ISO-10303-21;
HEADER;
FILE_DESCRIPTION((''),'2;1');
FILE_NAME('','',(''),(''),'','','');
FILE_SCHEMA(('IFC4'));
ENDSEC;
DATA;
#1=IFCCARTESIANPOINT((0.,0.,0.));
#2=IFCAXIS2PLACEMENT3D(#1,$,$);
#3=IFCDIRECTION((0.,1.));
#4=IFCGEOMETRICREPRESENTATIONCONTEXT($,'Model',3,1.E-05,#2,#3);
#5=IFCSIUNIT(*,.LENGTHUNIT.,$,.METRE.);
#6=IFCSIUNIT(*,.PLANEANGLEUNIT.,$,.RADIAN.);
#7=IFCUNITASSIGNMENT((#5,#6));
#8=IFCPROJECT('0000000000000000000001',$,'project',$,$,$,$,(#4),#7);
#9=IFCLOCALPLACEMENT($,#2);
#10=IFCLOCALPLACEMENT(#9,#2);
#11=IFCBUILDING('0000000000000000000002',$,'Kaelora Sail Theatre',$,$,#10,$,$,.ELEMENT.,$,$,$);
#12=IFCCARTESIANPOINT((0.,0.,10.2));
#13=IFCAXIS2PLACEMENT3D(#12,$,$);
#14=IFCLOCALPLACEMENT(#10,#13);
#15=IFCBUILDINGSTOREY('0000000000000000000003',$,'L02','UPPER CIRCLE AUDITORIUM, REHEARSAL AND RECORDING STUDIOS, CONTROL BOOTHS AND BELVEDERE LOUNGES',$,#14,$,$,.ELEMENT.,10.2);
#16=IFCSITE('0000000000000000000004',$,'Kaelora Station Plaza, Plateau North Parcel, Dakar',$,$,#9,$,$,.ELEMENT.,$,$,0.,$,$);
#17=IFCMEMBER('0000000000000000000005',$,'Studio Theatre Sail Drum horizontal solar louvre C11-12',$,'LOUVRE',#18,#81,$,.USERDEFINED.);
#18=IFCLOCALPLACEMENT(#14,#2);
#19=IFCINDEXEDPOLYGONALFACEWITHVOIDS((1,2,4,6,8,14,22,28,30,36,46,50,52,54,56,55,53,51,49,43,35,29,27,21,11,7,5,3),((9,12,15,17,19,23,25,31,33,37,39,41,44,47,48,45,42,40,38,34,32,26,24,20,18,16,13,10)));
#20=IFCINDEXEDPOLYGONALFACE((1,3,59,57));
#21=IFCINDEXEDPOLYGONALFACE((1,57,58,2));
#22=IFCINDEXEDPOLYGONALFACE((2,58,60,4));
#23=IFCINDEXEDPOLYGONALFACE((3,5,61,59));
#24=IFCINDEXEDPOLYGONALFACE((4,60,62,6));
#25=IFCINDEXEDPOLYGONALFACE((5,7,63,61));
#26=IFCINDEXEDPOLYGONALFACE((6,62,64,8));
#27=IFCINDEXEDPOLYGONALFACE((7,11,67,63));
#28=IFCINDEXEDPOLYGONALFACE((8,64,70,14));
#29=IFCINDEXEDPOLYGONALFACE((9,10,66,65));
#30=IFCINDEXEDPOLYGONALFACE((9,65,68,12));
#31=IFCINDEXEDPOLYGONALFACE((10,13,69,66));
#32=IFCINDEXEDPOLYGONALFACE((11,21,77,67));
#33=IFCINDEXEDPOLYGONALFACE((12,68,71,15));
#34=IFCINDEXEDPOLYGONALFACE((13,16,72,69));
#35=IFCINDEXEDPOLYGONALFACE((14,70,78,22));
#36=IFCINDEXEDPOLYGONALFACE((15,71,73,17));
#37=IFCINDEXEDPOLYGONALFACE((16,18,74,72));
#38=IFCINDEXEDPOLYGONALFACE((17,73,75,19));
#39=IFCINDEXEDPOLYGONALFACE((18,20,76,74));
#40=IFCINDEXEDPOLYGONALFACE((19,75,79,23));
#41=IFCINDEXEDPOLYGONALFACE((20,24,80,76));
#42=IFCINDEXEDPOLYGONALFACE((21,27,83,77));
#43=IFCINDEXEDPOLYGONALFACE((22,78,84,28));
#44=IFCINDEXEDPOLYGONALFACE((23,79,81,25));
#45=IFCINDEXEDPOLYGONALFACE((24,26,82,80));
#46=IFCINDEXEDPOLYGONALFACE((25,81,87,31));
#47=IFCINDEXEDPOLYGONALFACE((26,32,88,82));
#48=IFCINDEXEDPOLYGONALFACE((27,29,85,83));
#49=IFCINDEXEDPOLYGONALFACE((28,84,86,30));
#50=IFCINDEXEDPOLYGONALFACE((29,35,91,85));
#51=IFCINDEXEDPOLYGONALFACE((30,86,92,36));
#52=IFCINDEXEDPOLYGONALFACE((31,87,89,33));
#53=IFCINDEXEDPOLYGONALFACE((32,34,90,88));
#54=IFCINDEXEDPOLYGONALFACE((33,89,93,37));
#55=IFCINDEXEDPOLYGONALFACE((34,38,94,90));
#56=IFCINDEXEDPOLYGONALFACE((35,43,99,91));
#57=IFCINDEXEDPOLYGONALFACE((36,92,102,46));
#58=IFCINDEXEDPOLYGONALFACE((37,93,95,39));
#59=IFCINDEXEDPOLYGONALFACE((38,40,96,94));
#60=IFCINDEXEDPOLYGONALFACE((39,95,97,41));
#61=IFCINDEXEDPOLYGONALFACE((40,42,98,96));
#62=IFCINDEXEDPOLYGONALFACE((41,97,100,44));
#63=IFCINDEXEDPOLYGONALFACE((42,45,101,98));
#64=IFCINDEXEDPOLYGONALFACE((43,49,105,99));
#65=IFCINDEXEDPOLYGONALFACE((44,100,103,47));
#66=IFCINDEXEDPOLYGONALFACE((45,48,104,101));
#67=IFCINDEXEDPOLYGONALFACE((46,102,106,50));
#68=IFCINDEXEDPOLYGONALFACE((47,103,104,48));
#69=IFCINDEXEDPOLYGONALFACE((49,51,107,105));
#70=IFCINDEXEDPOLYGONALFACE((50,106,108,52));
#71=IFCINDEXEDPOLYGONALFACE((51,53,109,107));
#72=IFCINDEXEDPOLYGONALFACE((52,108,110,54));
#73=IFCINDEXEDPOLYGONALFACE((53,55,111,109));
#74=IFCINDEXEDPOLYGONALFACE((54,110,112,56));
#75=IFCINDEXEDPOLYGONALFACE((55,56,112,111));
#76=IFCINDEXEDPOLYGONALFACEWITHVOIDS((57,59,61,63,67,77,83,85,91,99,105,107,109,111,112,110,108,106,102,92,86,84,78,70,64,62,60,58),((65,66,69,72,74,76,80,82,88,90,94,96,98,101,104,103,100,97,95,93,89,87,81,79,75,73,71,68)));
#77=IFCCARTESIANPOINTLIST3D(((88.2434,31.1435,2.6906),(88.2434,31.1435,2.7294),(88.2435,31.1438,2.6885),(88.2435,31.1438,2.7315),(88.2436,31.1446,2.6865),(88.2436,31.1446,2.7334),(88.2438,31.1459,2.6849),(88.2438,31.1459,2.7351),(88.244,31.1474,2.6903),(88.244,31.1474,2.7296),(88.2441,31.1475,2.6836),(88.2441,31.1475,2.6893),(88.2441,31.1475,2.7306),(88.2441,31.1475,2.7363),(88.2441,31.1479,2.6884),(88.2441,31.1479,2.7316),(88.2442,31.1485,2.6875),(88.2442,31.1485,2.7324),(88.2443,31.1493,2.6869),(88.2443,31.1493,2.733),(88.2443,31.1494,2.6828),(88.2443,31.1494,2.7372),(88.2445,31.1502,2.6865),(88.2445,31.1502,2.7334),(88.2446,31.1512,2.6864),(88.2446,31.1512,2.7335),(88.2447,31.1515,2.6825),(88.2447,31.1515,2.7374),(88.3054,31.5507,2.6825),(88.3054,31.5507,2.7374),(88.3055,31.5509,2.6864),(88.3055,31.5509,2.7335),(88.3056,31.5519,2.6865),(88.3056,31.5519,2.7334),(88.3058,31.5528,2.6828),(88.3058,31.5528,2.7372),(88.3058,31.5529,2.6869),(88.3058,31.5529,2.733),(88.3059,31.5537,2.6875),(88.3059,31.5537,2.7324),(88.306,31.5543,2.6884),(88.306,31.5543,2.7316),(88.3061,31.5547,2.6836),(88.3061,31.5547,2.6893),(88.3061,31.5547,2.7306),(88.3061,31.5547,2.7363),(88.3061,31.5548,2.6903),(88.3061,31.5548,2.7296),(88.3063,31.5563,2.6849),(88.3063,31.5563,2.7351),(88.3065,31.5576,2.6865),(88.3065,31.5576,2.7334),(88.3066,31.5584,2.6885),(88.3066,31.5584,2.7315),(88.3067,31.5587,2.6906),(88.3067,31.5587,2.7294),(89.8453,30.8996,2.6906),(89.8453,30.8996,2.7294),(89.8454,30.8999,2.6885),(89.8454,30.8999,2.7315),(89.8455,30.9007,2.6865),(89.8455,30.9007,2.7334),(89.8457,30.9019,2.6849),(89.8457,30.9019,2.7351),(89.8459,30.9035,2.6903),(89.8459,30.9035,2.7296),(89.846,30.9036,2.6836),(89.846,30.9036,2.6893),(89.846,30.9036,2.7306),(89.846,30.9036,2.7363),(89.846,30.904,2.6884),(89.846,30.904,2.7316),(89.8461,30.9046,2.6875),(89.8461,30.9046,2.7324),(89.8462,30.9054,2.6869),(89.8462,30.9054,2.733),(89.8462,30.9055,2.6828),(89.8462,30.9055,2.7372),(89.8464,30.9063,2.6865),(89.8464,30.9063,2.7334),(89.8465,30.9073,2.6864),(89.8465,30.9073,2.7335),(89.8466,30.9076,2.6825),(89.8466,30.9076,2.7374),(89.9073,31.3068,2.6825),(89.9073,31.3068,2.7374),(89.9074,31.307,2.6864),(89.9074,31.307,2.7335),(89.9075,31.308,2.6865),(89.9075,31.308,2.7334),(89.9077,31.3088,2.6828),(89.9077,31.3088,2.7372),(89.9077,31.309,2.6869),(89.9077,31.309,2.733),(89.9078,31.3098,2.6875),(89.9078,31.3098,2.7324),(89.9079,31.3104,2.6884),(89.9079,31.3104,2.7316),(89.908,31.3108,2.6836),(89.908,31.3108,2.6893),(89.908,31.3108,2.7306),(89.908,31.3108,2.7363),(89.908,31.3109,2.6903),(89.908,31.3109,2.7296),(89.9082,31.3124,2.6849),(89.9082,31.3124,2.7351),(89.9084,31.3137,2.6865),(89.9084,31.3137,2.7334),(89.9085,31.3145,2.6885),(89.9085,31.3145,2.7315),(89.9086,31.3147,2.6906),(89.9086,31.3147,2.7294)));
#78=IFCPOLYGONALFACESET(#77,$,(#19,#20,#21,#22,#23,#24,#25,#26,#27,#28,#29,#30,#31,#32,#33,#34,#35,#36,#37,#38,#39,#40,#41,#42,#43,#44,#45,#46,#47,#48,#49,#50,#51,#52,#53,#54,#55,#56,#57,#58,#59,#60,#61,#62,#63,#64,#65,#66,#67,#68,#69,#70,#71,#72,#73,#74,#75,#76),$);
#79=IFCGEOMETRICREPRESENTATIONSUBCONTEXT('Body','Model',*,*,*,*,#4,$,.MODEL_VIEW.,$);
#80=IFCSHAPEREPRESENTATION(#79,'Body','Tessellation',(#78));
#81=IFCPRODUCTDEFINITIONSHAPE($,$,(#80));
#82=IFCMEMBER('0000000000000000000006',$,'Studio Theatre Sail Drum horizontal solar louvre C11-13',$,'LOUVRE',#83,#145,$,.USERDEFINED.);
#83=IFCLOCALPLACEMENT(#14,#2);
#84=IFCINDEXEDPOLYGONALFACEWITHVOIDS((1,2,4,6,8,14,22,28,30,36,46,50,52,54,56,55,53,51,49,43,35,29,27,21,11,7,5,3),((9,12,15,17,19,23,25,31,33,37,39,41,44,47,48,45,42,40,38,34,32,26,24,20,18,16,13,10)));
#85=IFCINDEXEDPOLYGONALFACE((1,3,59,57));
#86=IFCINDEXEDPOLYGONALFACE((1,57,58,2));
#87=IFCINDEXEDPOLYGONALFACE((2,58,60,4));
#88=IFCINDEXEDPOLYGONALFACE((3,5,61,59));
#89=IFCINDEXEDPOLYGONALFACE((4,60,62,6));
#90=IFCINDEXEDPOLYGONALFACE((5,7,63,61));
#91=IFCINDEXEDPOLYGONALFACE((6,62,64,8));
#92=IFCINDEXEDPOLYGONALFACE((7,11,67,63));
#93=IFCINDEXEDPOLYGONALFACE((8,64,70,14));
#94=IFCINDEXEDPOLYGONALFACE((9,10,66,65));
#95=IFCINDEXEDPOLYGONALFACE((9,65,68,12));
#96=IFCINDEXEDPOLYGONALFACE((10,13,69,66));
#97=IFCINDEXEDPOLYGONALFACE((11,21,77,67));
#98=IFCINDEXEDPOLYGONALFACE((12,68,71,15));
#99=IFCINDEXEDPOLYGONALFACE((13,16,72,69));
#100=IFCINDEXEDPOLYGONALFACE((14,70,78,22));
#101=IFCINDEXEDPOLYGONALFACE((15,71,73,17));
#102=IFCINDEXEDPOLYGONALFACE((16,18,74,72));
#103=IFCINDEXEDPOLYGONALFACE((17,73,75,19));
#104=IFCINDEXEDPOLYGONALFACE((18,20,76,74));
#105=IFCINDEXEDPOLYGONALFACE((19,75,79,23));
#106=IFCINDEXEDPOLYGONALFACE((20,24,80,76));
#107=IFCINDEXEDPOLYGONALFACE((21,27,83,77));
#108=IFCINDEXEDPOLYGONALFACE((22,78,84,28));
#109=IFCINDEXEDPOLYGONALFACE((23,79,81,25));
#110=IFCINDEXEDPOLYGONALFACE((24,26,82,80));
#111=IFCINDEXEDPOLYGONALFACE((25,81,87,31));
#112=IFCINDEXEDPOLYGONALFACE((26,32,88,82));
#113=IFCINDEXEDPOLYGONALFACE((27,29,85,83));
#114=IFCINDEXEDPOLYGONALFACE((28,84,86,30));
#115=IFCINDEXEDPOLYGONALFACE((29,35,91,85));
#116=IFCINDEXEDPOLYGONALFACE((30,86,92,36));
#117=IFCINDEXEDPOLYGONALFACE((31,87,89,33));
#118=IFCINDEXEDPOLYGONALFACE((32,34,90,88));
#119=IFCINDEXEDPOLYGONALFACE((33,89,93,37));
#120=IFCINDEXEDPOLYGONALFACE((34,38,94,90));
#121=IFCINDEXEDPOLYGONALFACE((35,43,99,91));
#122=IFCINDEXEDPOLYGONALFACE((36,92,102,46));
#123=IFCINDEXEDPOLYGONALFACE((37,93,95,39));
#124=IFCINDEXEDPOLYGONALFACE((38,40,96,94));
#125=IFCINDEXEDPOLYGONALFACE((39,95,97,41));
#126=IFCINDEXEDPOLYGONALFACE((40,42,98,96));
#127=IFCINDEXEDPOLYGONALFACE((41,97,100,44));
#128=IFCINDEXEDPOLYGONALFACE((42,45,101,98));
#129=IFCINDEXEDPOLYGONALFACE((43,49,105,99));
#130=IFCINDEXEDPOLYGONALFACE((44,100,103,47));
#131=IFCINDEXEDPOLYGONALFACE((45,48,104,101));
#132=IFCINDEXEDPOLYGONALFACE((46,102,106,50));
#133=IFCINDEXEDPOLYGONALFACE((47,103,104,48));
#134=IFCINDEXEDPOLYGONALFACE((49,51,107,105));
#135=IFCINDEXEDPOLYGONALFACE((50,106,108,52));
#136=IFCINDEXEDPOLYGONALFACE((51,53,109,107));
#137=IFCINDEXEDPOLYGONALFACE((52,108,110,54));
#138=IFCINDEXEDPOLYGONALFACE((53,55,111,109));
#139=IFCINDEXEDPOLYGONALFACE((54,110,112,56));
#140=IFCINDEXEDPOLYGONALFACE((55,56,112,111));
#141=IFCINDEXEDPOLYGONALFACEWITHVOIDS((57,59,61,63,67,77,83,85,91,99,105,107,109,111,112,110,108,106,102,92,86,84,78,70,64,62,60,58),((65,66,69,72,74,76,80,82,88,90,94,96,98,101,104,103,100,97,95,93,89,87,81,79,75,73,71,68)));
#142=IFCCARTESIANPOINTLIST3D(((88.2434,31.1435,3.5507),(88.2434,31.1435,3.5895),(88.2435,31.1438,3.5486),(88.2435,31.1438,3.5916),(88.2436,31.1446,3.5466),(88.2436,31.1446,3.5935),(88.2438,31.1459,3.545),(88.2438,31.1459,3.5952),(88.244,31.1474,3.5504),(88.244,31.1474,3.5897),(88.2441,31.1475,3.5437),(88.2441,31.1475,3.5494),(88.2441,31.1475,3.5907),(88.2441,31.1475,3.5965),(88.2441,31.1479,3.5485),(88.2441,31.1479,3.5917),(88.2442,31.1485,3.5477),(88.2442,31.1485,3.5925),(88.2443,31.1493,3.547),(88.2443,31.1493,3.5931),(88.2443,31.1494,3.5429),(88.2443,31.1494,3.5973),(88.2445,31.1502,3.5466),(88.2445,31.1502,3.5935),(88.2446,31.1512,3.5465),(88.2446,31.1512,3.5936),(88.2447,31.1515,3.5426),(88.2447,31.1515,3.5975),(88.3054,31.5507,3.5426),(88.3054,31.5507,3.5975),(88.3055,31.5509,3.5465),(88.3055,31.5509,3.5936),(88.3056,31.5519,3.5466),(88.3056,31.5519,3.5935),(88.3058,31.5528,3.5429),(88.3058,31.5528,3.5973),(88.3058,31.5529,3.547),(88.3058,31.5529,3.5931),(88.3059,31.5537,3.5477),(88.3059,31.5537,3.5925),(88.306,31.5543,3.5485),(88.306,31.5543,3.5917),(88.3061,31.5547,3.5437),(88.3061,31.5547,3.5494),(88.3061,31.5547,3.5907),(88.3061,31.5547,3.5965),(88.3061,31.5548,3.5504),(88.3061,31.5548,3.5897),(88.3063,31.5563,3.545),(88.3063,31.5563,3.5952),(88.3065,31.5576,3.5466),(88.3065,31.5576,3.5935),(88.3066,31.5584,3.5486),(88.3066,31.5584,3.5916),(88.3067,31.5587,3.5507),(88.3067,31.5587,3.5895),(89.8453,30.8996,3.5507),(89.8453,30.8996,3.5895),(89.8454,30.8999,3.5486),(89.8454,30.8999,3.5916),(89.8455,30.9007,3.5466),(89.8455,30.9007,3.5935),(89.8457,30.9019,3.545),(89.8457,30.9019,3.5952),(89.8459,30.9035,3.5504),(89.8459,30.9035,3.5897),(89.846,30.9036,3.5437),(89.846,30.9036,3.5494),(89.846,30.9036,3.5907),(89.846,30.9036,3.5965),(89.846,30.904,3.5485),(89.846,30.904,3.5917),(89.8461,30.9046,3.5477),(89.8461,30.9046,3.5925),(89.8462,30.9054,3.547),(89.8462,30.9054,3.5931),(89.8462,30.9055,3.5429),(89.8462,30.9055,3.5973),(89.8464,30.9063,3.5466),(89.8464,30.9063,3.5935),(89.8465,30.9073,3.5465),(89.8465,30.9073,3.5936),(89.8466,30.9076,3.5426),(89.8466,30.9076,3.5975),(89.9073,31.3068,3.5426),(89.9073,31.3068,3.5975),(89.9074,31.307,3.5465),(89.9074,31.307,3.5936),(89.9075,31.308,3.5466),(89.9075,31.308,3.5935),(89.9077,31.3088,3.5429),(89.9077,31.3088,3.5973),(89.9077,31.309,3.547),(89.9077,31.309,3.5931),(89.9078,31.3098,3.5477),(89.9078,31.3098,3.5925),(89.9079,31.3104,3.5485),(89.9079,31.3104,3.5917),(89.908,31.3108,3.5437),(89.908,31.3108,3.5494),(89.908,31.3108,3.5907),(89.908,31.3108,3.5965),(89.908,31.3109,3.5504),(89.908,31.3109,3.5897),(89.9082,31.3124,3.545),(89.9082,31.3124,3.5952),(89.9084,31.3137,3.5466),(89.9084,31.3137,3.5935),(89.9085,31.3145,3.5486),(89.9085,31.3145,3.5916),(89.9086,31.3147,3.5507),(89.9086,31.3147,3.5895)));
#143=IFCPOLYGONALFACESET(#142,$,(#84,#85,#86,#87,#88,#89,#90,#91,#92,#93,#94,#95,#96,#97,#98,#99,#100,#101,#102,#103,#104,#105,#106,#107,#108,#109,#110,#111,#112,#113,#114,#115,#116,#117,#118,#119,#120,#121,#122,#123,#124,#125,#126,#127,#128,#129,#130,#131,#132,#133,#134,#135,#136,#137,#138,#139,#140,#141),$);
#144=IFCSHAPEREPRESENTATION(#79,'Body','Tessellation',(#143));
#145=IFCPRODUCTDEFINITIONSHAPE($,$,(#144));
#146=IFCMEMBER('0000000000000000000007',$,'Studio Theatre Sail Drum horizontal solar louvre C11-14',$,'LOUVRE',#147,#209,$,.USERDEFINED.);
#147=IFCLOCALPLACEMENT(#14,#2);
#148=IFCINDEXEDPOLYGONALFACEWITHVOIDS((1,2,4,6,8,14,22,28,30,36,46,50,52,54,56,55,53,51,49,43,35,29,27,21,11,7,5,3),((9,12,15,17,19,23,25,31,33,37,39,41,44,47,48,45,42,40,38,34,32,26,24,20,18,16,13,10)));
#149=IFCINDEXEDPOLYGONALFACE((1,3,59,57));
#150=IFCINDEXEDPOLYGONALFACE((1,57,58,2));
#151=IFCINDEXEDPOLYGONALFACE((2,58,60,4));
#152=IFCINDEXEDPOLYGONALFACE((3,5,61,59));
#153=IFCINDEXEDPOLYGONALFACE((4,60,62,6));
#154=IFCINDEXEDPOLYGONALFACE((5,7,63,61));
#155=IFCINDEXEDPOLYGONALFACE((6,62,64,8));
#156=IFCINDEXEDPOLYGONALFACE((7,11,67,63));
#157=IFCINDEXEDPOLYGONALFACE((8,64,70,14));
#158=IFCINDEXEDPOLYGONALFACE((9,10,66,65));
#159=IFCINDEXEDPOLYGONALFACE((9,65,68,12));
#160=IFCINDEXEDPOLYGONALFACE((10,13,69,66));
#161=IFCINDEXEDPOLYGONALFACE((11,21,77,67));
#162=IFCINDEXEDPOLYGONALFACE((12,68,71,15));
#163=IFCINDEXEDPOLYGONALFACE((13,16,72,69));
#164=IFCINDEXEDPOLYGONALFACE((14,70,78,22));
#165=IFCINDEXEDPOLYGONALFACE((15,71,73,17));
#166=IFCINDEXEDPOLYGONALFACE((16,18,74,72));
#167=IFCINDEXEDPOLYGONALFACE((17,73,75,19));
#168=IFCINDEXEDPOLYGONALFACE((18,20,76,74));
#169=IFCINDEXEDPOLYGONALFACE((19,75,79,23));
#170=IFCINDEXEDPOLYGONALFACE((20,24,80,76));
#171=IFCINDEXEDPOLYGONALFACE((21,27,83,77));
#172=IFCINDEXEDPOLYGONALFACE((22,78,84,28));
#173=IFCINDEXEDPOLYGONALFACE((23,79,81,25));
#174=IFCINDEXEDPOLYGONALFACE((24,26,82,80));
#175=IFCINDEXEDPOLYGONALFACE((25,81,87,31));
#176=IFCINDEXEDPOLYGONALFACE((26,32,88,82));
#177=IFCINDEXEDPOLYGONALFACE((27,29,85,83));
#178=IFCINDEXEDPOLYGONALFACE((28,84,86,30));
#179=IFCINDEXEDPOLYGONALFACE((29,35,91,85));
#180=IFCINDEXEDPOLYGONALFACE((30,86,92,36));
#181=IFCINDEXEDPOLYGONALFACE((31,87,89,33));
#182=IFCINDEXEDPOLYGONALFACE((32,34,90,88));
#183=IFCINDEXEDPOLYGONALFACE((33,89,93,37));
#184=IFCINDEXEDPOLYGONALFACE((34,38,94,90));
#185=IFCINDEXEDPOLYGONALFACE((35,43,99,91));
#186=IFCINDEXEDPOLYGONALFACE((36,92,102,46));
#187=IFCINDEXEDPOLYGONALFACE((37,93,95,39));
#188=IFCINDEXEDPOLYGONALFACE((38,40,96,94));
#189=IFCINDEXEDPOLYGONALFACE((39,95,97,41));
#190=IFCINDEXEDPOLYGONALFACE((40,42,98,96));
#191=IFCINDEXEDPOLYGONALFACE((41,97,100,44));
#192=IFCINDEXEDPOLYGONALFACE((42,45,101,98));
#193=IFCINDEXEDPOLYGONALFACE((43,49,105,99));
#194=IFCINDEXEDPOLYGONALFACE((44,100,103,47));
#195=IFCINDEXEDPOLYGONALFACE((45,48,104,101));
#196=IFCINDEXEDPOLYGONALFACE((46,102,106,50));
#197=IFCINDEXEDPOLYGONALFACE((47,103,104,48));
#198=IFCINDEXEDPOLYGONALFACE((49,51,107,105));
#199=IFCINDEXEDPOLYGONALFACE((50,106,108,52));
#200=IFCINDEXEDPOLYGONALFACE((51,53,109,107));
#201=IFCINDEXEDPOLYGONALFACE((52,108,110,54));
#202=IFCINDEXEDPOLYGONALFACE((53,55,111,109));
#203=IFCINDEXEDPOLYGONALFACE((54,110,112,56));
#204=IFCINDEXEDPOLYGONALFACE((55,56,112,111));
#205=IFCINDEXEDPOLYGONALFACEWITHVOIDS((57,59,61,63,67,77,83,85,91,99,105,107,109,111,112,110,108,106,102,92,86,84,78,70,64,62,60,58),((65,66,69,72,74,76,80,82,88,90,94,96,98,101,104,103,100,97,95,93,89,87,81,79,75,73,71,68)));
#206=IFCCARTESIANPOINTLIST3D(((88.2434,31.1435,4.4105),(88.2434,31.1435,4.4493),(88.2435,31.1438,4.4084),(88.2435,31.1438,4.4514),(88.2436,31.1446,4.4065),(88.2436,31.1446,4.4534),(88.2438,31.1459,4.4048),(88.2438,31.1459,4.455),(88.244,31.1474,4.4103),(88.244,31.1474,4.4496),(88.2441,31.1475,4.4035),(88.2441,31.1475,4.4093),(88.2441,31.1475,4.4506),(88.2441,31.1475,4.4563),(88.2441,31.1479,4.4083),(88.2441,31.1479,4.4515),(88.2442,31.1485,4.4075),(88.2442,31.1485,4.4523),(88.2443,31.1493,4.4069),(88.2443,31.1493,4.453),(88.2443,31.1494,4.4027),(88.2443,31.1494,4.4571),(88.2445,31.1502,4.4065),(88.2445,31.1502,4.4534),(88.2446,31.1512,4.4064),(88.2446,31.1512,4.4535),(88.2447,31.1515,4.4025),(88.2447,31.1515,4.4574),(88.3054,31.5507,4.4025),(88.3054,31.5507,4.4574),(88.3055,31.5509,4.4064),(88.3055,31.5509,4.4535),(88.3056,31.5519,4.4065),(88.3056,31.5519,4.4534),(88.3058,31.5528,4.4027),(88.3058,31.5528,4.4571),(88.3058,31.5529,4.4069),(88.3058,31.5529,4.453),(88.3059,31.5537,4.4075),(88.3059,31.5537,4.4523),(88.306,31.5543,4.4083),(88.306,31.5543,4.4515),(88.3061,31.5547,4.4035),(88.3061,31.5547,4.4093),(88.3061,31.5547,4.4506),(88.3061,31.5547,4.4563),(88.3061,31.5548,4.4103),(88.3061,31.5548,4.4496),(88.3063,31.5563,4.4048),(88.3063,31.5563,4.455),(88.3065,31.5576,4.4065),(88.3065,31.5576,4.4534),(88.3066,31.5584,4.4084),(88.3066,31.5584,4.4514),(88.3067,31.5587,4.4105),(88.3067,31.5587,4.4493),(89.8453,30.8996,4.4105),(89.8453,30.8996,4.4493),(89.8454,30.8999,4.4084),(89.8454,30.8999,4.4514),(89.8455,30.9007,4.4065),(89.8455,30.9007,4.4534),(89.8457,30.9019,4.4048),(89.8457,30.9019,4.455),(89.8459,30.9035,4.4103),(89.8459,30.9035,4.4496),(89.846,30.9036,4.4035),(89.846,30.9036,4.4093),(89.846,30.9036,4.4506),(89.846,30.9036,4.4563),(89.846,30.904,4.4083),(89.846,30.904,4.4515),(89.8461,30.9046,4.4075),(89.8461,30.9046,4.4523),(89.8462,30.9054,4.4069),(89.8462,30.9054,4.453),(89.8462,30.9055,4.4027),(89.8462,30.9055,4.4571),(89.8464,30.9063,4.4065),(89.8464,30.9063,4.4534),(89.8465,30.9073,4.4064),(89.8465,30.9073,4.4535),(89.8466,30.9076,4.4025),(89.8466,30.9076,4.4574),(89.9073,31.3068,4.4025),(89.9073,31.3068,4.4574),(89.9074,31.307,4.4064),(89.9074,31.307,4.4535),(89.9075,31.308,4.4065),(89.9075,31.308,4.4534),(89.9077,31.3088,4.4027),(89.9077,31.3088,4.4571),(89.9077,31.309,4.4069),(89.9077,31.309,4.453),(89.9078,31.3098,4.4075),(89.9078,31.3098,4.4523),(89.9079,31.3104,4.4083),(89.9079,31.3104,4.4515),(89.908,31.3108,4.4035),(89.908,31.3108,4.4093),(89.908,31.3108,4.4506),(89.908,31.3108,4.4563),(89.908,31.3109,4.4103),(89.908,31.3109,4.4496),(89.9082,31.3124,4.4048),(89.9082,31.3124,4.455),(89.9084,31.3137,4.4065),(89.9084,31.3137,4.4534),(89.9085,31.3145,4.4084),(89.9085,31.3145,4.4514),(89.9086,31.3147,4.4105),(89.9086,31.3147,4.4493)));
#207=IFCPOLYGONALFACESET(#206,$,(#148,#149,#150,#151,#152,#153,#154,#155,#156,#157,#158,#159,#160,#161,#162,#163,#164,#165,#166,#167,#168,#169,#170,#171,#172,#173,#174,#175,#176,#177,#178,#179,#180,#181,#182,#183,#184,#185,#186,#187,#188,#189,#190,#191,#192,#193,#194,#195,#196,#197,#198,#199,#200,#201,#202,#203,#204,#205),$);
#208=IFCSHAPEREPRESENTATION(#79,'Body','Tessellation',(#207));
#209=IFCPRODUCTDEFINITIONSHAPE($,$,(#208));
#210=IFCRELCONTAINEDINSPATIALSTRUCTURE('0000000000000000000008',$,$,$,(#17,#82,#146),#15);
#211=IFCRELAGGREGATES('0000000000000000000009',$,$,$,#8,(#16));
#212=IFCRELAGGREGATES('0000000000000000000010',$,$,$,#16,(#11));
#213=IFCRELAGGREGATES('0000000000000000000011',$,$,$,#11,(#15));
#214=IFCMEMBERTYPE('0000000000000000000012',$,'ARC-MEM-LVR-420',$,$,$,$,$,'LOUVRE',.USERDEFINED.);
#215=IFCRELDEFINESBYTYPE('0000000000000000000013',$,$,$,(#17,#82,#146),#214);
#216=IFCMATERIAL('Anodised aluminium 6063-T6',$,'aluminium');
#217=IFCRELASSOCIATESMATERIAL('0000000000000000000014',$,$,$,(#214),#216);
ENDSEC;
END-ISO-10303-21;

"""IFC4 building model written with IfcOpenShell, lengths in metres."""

from ifc_helpers import new_model, si_unit, direction, frame, origin, origin_2d, place, context, subcontext, project, spatial, hollow_rectangle, extrude, material, material_profile, profile_set, type_object, element, save


model = new_model("IFC4")

# Units and contexts
model_context = context("Model", 3, precision=1e-05, world=origin(), true_north=direction((0.0, 1.0)))
body_context = subcontext(model_context, "Body", "Model", "MODEL_VIEW")
ifc_project = project(units=[si_unit("LENGTHUNIT", "METRE"), si_unit("PLANEANGLEUNIT", "RADIAN")], contexts=[model_context])

# Site, building, storey
site_placement = place(None, origin())
site = spatial("IfcSite", under=ifc_project, at=site_placement, Name="Kaelora Station Plaza, Plateau North Parcel, Dakar", CompositionType="ELEMENT", RefElevation=0.0)
building_placement = place(site_placement, origin())
building = spatial("IfcBuilding", under=site, at=building_placement, Name="Kaelora Sail Theatre", CompositionType="ELEMENT")
storey_placement = place(building_placement, frame((0.0, 0.0, 10.2)))
storey = spatial("IfcBuildingStorey", under=building, at=storey_placement, Name="L02", Description="UPPER CIRCLE AUDITORIUM, REHEARSAL AND RECORDING STUDIOS, CONTROL BOOTHS AND BELVEDERE LOUNGES", CompositionType="ELEMENT", Elevation=10.2)

# Members
ifc_material_1 = material(Name="Anodised aluminium 6063-T6", Category="aluminium")
ifc_material_profile_1 = material_profile(ifc_material_1, hollow_rectangle(XDim=0.4199, YDim=0.0549, WallThickness=0.0039, InnerFilletRadius=0.0039, OuterFilletRadius=0.0081, at=origin_2d()), Name="LOUVRE 420x55x4")
ifc_profile_set_1 = profile_set([ifc_material_profile_1], Name="Anodised aluminium 6063-T6")
member_type = type_object("IfcMemberType", Name="ARC-MEM-LVR-420", ElementType="LOUVRE", PredefinedType="USERDEFINED", material=ifc_profile_set_1)
for number, where, z_axis, x_axis, name in (
    (1, (89.877, 31.1072, 2.71), (-0.988606, 0.150528, 0.0), (-0.150528, -0.988606, 0.0), "Studio Theatre Sail Drum horizontal solar louvre C11-12"),
    (2, (89.877, 31.1072, 3.5701), (-0.988606, 0.150528, 0.0), (-0.150528, -0.988606, 0.0), "Studio Theatre Sail Drum horizontal solar louvre C11-13"),
    (3, (89.877, 31.1072, 4.4299), (-0.988606, 0.150528, 0.0), (-0.150528, -0.988606, 0.0), "Studio Theatre Sail Drum horizontal solar louvre C11-14"),
):
    element("IfcMember", number, at=place(storey_placement, frame(where, z_axis=z_axis, x_axis=x_axis)), inside=storey, type_object=member_type, Name=name, ObjectType="LOUVRE", PredefinedType="USERDEFINED", context=body_context, shape_type="SweptSolid", body=[
        extrude(hollow_rectangle(XDim=0.4199, YDim=0.0549, WallThickness=0.0039, InnerFilletRadius=0.0039, OuterFilletRadius=0.0081, at=origin_2d()), origin(), (0.0, 0.0, 1.0), 1.6204),
    ])

save(model, "model.ifc")
